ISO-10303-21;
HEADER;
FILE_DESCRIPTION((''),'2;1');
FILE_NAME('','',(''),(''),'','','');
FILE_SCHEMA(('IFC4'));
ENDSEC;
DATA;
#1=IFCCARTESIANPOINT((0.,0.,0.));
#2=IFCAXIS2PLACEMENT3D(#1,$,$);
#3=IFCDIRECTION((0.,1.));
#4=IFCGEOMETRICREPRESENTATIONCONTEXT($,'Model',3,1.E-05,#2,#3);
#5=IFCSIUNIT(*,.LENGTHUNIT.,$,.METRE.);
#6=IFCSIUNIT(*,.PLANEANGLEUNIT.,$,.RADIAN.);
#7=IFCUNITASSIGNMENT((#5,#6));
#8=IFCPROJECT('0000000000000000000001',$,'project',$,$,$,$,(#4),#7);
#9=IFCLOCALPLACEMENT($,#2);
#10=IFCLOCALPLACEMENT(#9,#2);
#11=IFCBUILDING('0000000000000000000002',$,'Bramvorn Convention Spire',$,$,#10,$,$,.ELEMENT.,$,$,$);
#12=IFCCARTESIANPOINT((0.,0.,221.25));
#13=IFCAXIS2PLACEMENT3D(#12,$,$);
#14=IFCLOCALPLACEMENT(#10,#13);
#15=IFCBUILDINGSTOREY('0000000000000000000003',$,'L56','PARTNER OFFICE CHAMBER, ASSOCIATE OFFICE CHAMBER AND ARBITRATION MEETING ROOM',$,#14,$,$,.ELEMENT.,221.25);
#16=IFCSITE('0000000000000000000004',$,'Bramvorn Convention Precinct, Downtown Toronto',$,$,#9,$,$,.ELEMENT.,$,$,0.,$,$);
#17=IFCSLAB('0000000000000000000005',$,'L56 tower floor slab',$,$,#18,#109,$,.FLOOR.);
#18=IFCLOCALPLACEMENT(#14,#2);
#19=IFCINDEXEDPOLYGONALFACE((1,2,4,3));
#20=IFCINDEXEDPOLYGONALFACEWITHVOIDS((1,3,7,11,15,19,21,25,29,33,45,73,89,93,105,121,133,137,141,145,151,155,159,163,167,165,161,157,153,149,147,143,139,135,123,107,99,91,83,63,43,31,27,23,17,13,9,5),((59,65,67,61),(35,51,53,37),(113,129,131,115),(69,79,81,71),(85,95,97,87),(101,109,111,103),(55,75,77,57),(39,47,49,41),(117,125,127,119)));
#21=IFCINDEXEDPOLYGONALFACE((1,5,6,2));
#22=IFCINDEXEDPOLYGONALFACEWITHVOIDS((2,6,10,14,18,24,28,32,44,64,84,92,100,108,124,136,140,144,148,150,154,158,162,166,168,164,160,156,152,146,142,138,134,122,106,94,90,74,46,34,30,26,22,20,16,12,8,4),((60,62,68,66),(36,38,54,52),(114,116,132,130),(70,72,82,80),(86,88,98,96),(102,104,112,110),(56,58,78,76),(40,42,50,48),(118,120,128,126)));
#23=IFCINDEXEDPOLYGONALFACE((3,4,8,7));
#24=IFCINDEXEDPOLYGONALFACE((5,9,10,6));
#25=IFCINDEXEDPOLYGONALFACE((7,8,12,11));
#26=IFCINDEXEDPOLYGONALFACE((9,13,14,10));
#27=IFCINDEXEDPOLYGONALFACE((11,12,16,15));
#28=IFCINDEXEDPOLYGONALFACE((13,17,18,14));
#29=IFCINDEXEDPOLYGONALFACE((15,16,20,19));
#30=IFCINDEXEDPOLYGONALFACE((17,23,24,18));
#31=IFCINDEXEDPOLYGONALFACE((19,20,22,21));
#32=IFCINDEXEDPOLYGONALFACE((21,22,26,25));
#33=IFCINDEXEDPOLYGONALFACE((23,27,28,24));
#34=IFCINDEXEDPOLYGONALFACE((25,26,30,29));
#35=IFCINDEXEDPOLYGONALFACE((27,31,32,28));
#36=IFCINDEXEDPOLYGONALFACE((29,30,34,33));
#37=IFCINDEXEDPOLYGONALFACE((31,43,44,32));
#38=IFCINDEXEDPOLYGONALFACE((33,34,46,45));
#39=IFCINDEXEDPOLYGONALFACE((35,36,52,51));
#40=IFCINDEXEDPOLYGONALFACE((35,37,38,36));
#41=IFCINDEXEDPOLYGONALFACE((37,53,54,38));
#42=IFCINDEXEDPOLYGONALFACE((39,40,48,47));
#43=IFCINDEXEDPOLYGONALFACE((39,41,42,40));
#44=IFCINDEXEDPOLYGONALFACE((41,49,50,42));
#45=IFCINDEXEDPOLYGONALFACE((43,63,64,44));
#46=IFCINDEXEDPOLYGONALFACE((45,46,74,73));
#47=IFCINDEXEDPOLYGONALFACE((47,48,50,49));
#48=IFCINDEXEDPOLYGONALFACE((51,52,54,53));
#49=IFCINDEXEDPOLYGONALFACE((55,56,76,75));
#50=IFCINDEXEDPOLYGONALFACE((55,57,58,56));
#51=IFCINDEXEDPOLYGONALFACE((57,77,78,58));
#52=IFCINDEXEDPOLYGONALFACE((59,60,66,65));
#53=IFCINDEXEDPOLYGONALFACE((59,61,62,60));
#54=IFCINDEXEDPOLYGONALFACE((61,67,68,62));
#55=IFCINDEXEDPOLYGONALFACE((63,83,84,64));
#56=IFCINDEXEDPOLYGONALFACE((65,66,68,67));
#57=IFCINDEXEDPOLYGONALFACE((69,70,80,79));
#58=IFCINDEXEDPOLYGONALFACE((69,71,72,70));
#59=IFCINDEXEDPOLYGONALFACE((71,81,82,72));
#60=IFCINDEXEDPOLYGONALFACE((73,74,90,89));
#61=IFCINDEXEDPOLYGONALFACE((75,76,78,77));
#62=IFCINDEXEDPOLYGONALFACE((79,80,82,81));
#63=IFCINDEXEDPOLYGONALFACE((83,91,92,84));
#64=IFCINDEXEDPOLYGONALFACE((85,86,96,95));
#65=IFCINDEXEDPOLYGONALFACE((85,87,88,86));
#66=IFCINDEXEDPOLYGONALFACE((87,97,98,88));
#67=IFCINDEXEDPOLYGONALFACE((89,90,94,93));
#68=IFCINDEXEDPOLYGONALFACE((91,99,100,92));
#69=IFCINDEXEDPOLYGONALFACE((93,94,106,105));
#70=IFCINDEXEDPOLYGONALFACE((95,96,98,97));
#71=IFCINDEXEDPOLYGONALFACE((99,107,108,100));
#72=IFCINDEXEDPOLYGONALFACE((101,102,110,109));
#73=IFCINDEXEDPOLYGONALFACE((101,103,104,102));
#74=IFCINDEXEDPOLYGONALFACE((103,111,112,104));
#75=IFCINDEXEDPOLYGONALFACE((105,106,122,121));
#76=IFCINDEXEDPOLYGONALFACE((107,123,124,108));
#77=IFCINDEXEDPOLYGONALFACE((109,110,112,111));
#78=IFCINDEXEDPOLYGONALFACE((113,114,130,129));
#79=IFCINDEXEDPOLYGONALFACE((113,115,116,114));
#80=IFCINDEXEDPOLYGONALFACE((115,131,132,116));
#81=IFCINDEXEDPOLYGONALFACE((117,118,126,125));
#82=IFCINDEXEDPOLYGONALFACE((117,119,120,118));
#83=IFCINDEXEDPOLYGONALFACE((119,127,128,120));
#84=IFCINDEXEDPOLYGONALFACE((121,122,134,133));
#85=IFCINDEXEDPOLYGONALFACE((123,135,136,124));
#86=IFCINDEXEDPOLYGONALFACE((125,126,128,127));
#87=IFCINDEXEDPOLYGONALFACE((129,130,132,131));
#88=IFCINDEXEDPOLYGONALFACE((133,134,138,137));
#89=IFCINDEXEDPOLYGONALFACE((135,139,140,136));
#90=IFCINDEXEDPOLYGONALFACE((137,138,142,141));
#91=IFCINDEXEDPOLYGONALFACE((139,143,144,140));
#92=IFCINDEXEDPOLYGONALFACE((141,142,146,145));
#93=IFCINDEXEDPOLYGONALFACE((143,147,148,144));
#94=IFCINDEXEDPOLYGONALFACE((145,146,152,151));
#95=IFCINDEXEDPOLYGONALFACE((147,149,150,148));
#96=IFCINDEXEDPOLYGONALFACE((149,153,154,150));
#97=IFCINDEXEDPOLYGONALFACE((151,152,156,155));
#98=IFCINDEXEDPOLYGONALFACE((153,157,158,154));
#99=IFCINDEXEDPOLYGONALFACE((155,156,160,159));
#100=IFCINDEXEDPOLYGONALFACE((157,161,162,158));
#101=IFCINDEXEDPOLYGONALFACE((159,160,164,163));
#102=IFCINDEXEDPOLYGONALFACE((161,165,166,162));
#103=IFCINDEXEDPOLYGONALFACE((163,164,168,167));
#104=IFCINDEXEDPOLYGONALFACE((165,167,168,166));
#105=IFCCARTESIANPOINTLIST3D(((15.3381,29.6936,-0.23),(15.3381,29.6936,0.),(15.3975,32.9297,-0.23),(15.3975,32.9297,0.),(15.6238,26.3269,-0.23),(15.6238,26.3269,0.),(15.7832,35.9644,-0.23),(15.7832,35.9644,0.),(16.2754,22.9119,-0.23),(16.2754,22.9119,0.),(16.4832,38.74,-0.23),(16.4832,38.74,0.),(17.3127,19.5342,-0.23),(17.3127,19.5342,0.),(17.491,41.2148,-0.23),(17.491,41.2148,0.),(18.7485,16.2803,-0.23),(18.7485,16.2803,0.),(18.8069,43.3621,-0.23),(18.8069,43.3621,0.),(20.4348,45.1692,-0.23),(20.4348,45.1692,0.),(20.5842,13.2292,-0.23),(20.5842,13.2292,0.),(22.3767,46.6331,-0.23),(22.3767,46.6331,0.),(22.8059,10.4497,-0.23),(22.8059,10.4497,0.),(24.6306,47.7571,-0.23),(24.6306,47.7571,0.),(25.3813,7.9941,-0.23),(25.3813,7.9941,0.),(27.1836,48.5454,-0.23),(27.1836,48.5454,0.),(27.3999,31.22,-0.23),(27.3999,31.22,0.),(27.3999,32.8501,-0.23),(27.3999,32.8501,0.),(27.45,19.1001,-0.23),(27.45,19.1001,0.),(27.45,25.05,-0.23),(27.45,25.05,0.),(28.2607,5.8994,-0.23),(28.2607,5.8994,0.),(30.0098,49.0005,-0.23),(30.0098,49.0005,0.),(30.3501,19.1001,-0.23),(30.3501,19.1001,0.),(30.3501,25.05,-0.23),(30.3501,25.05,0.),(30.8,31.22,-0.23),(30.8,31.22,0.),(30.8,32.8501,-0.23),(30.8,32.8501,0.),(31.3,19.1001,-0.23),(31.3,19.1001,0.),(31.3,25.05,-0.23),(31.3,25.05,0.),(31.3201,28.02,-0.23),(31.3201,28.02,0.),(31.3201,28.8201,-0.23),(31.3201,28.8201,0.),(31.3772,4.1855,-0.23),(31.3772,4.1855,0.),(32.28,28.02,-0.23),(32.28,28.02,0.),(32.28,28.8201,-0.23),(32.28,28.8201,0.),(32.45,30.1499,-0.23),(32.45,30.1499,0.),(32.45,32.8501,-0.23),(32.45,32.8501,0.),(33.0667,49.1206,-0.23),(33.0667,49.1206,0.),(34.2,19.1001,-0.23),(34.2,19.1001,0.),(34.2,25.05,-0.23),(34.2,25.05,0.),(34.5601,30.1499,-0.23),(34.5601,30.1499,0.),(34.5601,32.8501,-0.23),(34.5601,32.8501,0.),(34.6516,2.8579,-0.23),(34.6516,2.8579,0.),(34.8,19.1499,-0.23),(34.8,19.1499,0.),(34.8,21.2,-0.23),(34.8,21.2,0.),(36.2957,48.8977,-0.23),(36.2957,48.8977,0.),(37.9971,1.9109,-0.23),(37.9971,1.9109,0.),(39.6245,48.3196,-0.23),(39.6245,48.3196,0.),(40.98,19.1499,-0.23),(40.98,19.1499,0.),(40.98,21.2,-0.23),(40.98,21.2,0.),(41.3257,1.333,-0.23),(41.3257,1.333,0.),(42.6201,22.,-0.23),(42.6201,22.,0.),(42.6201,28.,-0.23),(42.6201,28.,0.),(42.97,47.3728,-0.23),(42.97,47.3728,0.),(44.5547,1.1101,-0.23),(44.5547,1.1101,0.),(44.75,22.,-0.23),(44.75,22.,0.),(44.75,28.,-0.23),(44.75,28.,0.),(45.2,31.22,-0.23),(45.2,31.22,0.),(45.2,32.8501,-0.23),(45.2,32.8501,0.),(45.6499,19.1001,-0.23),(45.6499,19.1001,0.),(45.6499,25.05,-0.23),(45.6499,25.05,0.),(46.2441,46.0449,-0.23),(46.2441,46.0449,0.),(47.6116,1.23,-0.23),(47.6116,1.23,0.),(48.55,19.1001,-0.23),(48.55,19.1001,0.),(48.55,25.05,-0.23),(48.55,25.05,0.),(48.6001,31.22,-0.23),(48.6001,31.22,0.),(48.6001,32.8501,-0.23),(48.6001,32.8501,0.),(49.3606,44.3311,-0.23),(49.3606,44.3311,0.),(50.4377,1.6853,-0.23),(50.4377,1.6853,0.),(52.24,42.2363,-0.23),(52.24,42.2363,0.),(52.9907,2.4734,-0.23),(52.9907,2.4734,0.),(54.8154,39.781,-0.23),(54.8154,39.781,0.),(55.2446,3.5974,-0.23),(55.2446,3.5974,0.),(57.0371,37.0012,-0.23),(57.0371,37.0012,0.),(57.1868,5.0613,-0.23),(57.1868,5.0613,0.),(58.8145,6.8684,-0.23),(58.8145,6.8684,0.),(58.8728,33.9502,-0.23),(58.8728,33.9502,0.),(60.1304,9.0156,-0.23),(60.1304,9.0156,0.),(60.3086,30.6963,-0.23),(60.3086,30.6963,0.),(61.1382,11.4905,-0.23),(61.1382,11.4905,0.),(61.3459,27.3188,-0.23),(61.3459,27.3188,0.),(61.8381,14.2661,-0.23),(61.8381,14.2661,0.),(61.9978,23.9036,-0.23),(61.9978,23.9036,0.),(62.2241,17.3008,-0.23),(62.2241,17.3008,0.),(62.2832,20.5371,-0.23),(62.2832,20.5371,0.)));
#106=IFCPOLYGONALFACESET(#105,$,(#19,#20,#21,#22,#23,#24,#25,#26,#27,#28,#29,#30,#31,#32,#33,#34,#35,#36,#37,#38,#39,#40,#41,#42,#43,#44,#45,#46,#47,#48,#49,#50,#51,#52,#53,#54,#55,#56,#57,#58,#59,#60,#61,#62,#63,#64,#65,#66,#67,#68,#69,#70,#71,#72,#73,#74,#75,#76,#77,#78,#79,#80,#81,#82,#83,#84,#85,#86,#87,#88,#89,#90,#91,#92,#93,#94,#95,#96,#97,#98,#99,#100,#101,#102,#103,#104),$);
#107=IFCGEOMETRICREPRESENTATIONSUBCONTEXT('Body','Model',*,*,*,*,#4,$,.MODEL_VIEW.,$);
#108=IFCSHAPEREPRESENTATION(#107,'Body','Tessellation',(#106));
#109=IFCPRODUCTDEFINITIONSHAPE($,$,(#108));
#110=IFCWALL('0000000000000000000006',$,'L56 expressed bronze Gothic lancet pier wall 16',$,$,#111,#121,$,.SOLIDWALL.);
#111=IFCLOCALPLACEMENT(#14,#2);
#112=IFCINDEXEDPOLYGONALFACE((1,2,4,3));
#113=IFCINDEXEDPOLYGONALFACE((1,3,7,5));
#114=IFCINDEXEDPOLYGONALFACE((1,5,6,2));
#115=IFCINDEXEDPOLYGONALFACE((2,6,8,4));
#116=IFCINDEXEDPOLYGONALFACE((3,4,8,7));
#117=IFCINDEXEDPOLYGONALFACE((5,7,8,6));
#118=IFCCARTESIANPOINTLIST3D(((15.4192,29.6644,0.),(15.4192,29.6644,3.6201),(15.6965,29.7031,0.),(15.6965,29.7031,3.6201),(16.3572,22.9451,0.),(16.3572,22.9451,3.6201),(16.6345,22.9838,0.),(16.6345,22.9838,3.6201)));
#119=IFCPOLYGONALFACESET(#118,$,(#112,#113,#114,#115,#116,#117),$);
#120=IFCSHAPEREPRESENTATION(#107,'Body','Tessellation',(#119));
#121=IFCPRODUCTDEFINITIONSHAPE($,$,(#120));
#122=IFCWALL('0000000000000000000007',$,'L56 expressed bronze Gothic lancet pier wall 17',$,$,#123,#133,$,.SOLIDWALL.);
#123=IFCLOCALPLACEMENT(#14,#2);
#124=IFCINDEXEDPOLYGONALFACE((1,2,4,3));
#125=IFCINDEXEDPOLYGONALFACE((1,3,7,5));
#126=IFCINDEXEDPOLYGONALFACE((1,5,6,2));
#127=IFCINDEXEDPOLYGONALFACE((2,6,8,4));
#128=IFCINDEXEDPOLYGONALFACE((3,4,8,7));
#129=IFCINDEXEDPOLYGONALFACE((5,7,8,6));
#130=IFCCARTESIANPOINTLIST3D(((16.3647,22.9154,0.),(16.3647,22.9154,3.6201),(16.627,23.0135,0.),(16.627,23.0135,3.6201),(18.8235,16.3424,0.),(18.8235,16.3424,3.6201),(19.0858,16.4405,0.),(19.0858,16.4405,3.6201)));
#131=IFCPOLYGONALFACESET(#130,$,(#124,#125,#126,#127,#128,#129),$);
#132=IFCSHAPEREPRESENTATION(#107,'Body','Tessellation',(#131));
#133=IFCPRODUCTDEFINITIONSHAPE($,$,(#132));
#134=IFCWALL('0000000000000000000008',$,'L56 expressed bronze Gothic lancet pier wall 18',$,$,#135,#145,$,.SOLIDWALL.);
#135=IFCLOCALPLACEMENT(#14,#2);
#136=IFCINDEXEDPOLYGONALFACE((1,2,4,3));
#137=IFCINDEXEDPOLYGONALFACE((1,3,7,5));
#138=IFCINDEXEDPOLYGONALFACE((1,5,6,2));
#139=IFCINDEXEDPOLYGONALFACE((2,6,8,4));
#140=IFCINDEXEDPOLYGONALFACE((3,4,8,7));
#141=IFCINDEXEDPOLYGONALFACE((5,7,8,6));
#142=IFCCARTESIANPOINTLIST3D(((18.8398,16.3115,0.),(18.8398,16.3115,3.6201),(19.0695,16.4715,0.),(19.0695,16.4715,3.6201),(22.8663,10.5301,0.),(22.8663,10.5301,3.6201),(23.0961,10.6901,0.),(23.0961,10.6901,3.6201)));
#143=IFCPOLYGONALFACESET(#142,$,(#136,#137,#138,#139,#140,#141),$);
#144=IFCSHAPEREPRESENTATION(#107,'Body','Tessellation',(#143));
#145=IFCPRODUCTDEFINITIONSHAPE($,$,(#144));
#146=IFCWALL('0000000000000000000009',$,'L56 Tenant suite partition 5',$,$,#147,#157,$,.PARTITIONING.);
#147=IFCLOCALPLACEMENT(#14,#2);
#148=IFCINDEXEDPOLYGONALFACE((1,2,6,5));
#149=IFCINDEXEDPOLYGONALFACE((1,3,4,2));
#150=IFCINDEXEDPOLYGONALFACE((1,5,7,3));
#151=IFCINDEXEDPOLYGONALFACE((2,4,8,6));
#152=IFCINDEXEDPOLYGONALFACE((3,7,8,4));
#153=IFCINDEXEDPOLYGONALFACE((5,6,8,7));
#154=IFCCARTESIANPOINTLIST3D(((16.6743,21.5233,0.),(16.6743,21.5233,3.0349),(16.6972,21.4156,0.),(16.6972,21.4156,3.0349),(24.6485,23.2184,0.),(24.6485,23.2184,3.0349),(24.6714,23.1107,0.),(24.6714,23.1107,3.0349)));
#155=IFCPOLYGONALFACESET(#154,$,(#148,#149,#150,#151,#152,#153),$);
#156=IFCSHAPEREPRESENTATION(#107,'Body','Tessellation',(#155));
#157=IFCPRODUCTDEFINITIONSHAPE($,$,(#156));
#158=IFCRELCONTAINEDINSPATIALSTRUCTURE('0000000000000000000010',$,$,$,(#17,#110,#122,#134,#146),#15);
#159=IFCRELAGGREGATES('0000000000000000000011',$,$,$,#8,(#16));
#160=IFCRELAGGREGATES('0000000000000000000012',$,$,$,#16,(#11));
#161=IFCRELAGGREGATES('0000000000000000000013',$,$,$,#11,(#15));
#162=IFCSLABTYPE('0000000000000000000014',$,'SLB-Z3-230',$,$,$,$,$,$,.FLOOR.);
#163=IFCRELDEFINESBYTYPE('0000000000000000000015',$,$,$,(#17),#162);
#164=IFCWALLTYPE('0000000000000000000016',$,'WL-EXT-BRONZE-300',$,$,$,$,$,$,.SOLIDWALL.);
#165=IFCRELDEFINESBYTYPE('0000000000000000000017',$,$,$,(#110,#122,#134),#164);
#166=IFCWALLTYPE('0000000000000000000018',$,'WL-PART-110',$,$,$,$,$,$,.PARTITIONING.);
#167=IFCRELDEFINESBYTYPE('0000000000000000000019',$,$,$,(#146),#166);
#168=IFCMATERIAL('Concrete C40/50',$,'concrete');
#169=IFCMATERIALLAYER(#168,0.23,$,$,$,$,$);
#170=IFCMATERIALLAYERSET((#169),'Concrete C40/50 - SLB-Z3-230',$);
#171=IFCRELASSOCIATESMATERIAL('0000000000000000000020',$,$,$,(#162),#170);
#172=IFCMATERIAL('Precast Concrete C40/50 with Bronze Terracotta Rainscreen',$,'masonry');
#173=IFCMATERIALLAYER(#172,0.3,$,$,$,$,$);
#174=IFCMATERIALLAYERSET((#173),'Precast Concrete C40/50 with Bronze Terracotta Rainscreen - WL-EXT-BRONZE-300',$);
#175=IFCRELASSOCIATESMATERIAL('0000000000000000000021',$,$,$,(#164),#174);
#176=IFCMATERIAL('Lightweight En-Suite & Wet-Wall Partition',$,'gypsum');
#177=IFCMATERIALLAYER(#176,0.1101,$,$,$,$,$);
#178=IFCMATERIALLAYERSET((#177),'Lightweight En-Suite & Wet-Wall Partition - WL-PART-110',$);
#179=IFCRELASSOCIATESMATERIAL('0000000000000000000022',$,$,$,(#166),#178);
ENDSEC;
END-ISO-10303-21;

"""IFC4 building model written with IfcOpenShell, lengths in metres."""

from ifc_helpers import new_model, si_unit, direction, frame, frame_2d, origin, place, context, subcontext, project, spatial, polyline, rectangle, outline, extrude, material, layer, layer_set, type_object, element, save


model = new_model("IFC4")

# Units and contexts
model_context = context("Model", 3, precision=1e-05, world=origin(), true_north=direction((0.0, 1.0)))
body_context = subcontext(model_context, "Body", "Model", "MODEL_VIEW")
ifc_project = project(units=[si_unit("LENGTHUNIT", "METRE"), si_unit("PLANEANGLEUNIT", "RADIAN")], contexts=[model_context])

# Site, building, storey
site_placement = place(None, origin())
site = spatial("IfcSite", under=ifc_project, at=site_placement, Name="Bramvorn Convention Precinct, Downtown Toronto", CompositionType="ELEMENT", RefElevation=0.0)
building_placement = place(site_placement, origin())
building = spatial("IfcBuilding", under=site, at=building_placement, Name="Bramvorn Convention Spire", CompositionType="ELEMENT")
storey_placement = place(building_placement, frame((0.0, 0.0, 221.25)))
storey = spatial("IfcBuildingStorey", under=building, at=storey_placement, Name="L56", Description="PARTNER OFFICE CHAMBER, ASSOCIATE OFFICE CHAMBER AND ARBITRATION MEETING ROOM", CompositionType="ELEMENT", Elevation=221.25)

# Slab
ifc_material_1 = material(Name="Concrete C40/50", Category="concrete")
ifc_layer_1 = layer(ifc_material_1, 0.23)
ifc_layer_set_1 = layer_set([ifc_layer_1], Name="Concrete C40/50 - SLB-Z3-230")
slab_type_1 = type_object("IfcSlabType", Name="SLB-Z3-230", PredefinedType="FLOOR", material=ifc_layer_set_1)
slab_1_placement = place(storey_placement, frame((0.0, 0.0, -0.23)))
element("IfcSlab", 1, at=slab_1_placement, inside=storey, type_object=slab_type_1, Name="L56 tower floor slab", PredefinedType="FLOOR", context=body_context, shape_type="SweptSolid", body=[
    extrude(outline(polyline([(57.1868, 5.0613), (58.8145, 6.8684), (60.1304, 9.0156), (61.1382, 11.4905), (61.8381, 14.2661), (62.2241, 17.3008), (62.2832, 20.5371), (61.9978, 23.9036), (61.3459, 27.3188), (60.3086, 30.6963), (58.8728, 33.9502), (57.0371, 37.0012), (54.8154, 39.781), (52.24, 42.2363), (49.3606, 44.3311), (46.2441, 46.0449), (42.97, 47.3728), (39.6245, 48.3196), (36.2957, 48.8977), (33.0667, 49.1206), (30.0098, 49.0005), (27.1836, 48.5454), (24.6306, 47.7571), (22.3767, 46.6331), (20.4348, 45.1692), (18.8069, 43.3621), (17.491, 41.2148), (16.4832, 38.74), (15.7832, 35.9644), (15.3975, 32.9297), (15.3381, 29.6936), (15.6238, 26.3269), (16.2754, 22.9119), (17.3127, 19.5342), (18.7485, 16.2803), (20.5842, 13.2292), (22.8059, 10.4497), (25.3813, 7.9941), (28.2607, 5.8994), (31.3772, 4.1855), (34.6516, 2.8579), (37.9971, 1.9109), (41.3257, 1.333), (44.5547, 1.1101), (47.6116, 1.23), (50.4377, 1.6853), (52.9907, 2.4734), (55.2446, 3.5974), (57.1868, 5.0613)]), holes=[polyline([(27.45, 25.05), (27.45, 19.1001), (30.3501, 19.1001), (30.3501, 25.05), (27.45, 25.05)]), polyline([(45.6499, 25.05), (45.6499, 19.1001), (48.55, 19.1001), (48.55, 25.05), (45.6499, 25.05)]), polyline([(31.3, 25.05), (31.3, 19.1001), (34.2, 19.1001), (34.2, 25.05), (31.3, 25.05)]), polyline([(27.3999, 31.22), (30.8, 31.22), (30.8, 32.8501), (27.3999, 32.8501), (27.3999, 31.22)]), polyline([(45.2, 31.22), (48.6001, 31.22), (48.6001, 32.8501), (45.2, 32.8501), (45.2, 31.22)]), polyline([(32.45, 30.1499), (34.5601, 30.1499), (34.5601, 32.8501), (32.45, 32.8501), (32.45, 30.1499)]), polyline([(34.8, 19.1499), (40.98, 19.1499), (40.98, 21.2), (34.8, 21.2), (34.8, 19.1499)]), polyline([(42.6201, 22.0), (44.75, 22.0), (44.75, 28.0), (42.6201, 28.0), (42.6201, 22.0)]), polyline([(31.3201, 28.02), (32.28, 28.02), (32.28, 28.8201), (31.3201, 28.8201), (31.3201, 28.02)])]), origin(), (0.0, 0.0, 1.0), 0.23),
])

# Walls
ifc_material_2 = material(Name="Precast Concrete C40/50 with Bronze Terracotta Rainscreen", Category="masonry")
ifc_layer_2 = layer(ifc_material_2, 0.3)
ifc_layer_set_2 = layer_set([ifc_layer_2], Name="Precast Concrete C40/50 with Bronze Terracotta Rainscreen - WL-EXT-BRONZE-300")
wall_type_1 = type_object("IfcWallType", Name="WL-EXT-BRONZE-300", PredefinedType="SOLIDWALL", material=ifc_layer_set_2)
wall_1_placement = place(storey_placement, frame((16.4958, 22.9646, 0.0), z_axis=(0.0, 0.0, 1.0), x_axis=(-0.138257, 0.990396, 0.0)))
element("IfcWall", 2, at=wall_1_placement, inside=storey, type_object=wall_type_1, Name="L56 expressed bronze Gothic lancet pier wall 16", PredefinedType="SOLIDWALL", context=body_context, shape_type="SweptSolid", body=[
    extrude(rectangle(XDim=6.7844, YDim=0.28, at=frame_2d((3.3921, 0.0))), origin(), (0.0, 0.0, 1.0), 3.6201),
])
wall_2_placement = place(storey_placement, frame((18.9546, 16.3916, 0.0), z_axis=(0.0, 0.0, 1.0), x_axis=(-0.350357, 0.936616, 0.0)))
element("IfcWall", 3, at=wall_2_placement, inside=storey, type_object=wall_type_1, Name="L56 expressed bronze Gothic lancet pier wall 17", PredefinedType="SOLIDWALL", context=body_context, shape_type="SweptSolid", body=[
    extrude(rectangle(XDim=7.0178, YDim=0.28, at=frame_2d((3.5088, 0.0))), origin(), (0.0, 0.0, 1.0), 3.6201),
])
wall_3_placement = place(storey_placement, frame((22.9812, 10.6101, 0.0), z_axis=(0.0, 0.0, 1.0), x_axis=(-0.571514, 0.820592, 0.0)))
element("IfcWall", 4, at=wall_3_placement, inside=storey, type_object=wall_type_1, Name="L56 expressed bronze Gothic lancet pier wall 18", PredefinedType="SOLIDWALL", context=body_context, shape_type="SweptSolid", body=[
    extrude(rectangle(XDim=7.0454, YDim=0.28, at=frame_2d((3.5227, 0.0))), origin(), (0.0, 0.0, 1.0), 3.6201),
])
ifc_material_3 = material(Name="Lightweight En-Suite & Wet-Wall Partition", Category="gypsum")
ifc_layer_3 = layer(ifc_material_3, 0.1101)
ifc_layer_set_3 = layer_set([ifc_layer_3], Name="Lightweight En-Suite & Wet-Wall Partition - WL-PART-110")
wall_type_2 = type_object("IfcWallType", Name="WL-PART-110", PredefinedType="PARTITIONING", material=ifc_layer_set_3)
wall_4_placement = place(storey_placement, frame((24.6599, 23.1646, 0.0), z_axis=(0.0, 0.0, 1.0), x_axis=(-0.978145, -0.207925, 0.0)))
element("IfcWall", 5, at=wall_4_placement, inside=storey, type_object=wall_type_2, Name="L56 Tenant suite partition 5", PredefinedType="PARTITIONING", context=body_context, shape_type="SweptSolid", body=[
    extrude(rectangle(XDim=8.1523, YDim=0.1101, at=frame_2d((4.0762, 0.0))), origin(), (0.0, 0.0, 1.0), 3.0349),
])

save(model, "model.ifc")
